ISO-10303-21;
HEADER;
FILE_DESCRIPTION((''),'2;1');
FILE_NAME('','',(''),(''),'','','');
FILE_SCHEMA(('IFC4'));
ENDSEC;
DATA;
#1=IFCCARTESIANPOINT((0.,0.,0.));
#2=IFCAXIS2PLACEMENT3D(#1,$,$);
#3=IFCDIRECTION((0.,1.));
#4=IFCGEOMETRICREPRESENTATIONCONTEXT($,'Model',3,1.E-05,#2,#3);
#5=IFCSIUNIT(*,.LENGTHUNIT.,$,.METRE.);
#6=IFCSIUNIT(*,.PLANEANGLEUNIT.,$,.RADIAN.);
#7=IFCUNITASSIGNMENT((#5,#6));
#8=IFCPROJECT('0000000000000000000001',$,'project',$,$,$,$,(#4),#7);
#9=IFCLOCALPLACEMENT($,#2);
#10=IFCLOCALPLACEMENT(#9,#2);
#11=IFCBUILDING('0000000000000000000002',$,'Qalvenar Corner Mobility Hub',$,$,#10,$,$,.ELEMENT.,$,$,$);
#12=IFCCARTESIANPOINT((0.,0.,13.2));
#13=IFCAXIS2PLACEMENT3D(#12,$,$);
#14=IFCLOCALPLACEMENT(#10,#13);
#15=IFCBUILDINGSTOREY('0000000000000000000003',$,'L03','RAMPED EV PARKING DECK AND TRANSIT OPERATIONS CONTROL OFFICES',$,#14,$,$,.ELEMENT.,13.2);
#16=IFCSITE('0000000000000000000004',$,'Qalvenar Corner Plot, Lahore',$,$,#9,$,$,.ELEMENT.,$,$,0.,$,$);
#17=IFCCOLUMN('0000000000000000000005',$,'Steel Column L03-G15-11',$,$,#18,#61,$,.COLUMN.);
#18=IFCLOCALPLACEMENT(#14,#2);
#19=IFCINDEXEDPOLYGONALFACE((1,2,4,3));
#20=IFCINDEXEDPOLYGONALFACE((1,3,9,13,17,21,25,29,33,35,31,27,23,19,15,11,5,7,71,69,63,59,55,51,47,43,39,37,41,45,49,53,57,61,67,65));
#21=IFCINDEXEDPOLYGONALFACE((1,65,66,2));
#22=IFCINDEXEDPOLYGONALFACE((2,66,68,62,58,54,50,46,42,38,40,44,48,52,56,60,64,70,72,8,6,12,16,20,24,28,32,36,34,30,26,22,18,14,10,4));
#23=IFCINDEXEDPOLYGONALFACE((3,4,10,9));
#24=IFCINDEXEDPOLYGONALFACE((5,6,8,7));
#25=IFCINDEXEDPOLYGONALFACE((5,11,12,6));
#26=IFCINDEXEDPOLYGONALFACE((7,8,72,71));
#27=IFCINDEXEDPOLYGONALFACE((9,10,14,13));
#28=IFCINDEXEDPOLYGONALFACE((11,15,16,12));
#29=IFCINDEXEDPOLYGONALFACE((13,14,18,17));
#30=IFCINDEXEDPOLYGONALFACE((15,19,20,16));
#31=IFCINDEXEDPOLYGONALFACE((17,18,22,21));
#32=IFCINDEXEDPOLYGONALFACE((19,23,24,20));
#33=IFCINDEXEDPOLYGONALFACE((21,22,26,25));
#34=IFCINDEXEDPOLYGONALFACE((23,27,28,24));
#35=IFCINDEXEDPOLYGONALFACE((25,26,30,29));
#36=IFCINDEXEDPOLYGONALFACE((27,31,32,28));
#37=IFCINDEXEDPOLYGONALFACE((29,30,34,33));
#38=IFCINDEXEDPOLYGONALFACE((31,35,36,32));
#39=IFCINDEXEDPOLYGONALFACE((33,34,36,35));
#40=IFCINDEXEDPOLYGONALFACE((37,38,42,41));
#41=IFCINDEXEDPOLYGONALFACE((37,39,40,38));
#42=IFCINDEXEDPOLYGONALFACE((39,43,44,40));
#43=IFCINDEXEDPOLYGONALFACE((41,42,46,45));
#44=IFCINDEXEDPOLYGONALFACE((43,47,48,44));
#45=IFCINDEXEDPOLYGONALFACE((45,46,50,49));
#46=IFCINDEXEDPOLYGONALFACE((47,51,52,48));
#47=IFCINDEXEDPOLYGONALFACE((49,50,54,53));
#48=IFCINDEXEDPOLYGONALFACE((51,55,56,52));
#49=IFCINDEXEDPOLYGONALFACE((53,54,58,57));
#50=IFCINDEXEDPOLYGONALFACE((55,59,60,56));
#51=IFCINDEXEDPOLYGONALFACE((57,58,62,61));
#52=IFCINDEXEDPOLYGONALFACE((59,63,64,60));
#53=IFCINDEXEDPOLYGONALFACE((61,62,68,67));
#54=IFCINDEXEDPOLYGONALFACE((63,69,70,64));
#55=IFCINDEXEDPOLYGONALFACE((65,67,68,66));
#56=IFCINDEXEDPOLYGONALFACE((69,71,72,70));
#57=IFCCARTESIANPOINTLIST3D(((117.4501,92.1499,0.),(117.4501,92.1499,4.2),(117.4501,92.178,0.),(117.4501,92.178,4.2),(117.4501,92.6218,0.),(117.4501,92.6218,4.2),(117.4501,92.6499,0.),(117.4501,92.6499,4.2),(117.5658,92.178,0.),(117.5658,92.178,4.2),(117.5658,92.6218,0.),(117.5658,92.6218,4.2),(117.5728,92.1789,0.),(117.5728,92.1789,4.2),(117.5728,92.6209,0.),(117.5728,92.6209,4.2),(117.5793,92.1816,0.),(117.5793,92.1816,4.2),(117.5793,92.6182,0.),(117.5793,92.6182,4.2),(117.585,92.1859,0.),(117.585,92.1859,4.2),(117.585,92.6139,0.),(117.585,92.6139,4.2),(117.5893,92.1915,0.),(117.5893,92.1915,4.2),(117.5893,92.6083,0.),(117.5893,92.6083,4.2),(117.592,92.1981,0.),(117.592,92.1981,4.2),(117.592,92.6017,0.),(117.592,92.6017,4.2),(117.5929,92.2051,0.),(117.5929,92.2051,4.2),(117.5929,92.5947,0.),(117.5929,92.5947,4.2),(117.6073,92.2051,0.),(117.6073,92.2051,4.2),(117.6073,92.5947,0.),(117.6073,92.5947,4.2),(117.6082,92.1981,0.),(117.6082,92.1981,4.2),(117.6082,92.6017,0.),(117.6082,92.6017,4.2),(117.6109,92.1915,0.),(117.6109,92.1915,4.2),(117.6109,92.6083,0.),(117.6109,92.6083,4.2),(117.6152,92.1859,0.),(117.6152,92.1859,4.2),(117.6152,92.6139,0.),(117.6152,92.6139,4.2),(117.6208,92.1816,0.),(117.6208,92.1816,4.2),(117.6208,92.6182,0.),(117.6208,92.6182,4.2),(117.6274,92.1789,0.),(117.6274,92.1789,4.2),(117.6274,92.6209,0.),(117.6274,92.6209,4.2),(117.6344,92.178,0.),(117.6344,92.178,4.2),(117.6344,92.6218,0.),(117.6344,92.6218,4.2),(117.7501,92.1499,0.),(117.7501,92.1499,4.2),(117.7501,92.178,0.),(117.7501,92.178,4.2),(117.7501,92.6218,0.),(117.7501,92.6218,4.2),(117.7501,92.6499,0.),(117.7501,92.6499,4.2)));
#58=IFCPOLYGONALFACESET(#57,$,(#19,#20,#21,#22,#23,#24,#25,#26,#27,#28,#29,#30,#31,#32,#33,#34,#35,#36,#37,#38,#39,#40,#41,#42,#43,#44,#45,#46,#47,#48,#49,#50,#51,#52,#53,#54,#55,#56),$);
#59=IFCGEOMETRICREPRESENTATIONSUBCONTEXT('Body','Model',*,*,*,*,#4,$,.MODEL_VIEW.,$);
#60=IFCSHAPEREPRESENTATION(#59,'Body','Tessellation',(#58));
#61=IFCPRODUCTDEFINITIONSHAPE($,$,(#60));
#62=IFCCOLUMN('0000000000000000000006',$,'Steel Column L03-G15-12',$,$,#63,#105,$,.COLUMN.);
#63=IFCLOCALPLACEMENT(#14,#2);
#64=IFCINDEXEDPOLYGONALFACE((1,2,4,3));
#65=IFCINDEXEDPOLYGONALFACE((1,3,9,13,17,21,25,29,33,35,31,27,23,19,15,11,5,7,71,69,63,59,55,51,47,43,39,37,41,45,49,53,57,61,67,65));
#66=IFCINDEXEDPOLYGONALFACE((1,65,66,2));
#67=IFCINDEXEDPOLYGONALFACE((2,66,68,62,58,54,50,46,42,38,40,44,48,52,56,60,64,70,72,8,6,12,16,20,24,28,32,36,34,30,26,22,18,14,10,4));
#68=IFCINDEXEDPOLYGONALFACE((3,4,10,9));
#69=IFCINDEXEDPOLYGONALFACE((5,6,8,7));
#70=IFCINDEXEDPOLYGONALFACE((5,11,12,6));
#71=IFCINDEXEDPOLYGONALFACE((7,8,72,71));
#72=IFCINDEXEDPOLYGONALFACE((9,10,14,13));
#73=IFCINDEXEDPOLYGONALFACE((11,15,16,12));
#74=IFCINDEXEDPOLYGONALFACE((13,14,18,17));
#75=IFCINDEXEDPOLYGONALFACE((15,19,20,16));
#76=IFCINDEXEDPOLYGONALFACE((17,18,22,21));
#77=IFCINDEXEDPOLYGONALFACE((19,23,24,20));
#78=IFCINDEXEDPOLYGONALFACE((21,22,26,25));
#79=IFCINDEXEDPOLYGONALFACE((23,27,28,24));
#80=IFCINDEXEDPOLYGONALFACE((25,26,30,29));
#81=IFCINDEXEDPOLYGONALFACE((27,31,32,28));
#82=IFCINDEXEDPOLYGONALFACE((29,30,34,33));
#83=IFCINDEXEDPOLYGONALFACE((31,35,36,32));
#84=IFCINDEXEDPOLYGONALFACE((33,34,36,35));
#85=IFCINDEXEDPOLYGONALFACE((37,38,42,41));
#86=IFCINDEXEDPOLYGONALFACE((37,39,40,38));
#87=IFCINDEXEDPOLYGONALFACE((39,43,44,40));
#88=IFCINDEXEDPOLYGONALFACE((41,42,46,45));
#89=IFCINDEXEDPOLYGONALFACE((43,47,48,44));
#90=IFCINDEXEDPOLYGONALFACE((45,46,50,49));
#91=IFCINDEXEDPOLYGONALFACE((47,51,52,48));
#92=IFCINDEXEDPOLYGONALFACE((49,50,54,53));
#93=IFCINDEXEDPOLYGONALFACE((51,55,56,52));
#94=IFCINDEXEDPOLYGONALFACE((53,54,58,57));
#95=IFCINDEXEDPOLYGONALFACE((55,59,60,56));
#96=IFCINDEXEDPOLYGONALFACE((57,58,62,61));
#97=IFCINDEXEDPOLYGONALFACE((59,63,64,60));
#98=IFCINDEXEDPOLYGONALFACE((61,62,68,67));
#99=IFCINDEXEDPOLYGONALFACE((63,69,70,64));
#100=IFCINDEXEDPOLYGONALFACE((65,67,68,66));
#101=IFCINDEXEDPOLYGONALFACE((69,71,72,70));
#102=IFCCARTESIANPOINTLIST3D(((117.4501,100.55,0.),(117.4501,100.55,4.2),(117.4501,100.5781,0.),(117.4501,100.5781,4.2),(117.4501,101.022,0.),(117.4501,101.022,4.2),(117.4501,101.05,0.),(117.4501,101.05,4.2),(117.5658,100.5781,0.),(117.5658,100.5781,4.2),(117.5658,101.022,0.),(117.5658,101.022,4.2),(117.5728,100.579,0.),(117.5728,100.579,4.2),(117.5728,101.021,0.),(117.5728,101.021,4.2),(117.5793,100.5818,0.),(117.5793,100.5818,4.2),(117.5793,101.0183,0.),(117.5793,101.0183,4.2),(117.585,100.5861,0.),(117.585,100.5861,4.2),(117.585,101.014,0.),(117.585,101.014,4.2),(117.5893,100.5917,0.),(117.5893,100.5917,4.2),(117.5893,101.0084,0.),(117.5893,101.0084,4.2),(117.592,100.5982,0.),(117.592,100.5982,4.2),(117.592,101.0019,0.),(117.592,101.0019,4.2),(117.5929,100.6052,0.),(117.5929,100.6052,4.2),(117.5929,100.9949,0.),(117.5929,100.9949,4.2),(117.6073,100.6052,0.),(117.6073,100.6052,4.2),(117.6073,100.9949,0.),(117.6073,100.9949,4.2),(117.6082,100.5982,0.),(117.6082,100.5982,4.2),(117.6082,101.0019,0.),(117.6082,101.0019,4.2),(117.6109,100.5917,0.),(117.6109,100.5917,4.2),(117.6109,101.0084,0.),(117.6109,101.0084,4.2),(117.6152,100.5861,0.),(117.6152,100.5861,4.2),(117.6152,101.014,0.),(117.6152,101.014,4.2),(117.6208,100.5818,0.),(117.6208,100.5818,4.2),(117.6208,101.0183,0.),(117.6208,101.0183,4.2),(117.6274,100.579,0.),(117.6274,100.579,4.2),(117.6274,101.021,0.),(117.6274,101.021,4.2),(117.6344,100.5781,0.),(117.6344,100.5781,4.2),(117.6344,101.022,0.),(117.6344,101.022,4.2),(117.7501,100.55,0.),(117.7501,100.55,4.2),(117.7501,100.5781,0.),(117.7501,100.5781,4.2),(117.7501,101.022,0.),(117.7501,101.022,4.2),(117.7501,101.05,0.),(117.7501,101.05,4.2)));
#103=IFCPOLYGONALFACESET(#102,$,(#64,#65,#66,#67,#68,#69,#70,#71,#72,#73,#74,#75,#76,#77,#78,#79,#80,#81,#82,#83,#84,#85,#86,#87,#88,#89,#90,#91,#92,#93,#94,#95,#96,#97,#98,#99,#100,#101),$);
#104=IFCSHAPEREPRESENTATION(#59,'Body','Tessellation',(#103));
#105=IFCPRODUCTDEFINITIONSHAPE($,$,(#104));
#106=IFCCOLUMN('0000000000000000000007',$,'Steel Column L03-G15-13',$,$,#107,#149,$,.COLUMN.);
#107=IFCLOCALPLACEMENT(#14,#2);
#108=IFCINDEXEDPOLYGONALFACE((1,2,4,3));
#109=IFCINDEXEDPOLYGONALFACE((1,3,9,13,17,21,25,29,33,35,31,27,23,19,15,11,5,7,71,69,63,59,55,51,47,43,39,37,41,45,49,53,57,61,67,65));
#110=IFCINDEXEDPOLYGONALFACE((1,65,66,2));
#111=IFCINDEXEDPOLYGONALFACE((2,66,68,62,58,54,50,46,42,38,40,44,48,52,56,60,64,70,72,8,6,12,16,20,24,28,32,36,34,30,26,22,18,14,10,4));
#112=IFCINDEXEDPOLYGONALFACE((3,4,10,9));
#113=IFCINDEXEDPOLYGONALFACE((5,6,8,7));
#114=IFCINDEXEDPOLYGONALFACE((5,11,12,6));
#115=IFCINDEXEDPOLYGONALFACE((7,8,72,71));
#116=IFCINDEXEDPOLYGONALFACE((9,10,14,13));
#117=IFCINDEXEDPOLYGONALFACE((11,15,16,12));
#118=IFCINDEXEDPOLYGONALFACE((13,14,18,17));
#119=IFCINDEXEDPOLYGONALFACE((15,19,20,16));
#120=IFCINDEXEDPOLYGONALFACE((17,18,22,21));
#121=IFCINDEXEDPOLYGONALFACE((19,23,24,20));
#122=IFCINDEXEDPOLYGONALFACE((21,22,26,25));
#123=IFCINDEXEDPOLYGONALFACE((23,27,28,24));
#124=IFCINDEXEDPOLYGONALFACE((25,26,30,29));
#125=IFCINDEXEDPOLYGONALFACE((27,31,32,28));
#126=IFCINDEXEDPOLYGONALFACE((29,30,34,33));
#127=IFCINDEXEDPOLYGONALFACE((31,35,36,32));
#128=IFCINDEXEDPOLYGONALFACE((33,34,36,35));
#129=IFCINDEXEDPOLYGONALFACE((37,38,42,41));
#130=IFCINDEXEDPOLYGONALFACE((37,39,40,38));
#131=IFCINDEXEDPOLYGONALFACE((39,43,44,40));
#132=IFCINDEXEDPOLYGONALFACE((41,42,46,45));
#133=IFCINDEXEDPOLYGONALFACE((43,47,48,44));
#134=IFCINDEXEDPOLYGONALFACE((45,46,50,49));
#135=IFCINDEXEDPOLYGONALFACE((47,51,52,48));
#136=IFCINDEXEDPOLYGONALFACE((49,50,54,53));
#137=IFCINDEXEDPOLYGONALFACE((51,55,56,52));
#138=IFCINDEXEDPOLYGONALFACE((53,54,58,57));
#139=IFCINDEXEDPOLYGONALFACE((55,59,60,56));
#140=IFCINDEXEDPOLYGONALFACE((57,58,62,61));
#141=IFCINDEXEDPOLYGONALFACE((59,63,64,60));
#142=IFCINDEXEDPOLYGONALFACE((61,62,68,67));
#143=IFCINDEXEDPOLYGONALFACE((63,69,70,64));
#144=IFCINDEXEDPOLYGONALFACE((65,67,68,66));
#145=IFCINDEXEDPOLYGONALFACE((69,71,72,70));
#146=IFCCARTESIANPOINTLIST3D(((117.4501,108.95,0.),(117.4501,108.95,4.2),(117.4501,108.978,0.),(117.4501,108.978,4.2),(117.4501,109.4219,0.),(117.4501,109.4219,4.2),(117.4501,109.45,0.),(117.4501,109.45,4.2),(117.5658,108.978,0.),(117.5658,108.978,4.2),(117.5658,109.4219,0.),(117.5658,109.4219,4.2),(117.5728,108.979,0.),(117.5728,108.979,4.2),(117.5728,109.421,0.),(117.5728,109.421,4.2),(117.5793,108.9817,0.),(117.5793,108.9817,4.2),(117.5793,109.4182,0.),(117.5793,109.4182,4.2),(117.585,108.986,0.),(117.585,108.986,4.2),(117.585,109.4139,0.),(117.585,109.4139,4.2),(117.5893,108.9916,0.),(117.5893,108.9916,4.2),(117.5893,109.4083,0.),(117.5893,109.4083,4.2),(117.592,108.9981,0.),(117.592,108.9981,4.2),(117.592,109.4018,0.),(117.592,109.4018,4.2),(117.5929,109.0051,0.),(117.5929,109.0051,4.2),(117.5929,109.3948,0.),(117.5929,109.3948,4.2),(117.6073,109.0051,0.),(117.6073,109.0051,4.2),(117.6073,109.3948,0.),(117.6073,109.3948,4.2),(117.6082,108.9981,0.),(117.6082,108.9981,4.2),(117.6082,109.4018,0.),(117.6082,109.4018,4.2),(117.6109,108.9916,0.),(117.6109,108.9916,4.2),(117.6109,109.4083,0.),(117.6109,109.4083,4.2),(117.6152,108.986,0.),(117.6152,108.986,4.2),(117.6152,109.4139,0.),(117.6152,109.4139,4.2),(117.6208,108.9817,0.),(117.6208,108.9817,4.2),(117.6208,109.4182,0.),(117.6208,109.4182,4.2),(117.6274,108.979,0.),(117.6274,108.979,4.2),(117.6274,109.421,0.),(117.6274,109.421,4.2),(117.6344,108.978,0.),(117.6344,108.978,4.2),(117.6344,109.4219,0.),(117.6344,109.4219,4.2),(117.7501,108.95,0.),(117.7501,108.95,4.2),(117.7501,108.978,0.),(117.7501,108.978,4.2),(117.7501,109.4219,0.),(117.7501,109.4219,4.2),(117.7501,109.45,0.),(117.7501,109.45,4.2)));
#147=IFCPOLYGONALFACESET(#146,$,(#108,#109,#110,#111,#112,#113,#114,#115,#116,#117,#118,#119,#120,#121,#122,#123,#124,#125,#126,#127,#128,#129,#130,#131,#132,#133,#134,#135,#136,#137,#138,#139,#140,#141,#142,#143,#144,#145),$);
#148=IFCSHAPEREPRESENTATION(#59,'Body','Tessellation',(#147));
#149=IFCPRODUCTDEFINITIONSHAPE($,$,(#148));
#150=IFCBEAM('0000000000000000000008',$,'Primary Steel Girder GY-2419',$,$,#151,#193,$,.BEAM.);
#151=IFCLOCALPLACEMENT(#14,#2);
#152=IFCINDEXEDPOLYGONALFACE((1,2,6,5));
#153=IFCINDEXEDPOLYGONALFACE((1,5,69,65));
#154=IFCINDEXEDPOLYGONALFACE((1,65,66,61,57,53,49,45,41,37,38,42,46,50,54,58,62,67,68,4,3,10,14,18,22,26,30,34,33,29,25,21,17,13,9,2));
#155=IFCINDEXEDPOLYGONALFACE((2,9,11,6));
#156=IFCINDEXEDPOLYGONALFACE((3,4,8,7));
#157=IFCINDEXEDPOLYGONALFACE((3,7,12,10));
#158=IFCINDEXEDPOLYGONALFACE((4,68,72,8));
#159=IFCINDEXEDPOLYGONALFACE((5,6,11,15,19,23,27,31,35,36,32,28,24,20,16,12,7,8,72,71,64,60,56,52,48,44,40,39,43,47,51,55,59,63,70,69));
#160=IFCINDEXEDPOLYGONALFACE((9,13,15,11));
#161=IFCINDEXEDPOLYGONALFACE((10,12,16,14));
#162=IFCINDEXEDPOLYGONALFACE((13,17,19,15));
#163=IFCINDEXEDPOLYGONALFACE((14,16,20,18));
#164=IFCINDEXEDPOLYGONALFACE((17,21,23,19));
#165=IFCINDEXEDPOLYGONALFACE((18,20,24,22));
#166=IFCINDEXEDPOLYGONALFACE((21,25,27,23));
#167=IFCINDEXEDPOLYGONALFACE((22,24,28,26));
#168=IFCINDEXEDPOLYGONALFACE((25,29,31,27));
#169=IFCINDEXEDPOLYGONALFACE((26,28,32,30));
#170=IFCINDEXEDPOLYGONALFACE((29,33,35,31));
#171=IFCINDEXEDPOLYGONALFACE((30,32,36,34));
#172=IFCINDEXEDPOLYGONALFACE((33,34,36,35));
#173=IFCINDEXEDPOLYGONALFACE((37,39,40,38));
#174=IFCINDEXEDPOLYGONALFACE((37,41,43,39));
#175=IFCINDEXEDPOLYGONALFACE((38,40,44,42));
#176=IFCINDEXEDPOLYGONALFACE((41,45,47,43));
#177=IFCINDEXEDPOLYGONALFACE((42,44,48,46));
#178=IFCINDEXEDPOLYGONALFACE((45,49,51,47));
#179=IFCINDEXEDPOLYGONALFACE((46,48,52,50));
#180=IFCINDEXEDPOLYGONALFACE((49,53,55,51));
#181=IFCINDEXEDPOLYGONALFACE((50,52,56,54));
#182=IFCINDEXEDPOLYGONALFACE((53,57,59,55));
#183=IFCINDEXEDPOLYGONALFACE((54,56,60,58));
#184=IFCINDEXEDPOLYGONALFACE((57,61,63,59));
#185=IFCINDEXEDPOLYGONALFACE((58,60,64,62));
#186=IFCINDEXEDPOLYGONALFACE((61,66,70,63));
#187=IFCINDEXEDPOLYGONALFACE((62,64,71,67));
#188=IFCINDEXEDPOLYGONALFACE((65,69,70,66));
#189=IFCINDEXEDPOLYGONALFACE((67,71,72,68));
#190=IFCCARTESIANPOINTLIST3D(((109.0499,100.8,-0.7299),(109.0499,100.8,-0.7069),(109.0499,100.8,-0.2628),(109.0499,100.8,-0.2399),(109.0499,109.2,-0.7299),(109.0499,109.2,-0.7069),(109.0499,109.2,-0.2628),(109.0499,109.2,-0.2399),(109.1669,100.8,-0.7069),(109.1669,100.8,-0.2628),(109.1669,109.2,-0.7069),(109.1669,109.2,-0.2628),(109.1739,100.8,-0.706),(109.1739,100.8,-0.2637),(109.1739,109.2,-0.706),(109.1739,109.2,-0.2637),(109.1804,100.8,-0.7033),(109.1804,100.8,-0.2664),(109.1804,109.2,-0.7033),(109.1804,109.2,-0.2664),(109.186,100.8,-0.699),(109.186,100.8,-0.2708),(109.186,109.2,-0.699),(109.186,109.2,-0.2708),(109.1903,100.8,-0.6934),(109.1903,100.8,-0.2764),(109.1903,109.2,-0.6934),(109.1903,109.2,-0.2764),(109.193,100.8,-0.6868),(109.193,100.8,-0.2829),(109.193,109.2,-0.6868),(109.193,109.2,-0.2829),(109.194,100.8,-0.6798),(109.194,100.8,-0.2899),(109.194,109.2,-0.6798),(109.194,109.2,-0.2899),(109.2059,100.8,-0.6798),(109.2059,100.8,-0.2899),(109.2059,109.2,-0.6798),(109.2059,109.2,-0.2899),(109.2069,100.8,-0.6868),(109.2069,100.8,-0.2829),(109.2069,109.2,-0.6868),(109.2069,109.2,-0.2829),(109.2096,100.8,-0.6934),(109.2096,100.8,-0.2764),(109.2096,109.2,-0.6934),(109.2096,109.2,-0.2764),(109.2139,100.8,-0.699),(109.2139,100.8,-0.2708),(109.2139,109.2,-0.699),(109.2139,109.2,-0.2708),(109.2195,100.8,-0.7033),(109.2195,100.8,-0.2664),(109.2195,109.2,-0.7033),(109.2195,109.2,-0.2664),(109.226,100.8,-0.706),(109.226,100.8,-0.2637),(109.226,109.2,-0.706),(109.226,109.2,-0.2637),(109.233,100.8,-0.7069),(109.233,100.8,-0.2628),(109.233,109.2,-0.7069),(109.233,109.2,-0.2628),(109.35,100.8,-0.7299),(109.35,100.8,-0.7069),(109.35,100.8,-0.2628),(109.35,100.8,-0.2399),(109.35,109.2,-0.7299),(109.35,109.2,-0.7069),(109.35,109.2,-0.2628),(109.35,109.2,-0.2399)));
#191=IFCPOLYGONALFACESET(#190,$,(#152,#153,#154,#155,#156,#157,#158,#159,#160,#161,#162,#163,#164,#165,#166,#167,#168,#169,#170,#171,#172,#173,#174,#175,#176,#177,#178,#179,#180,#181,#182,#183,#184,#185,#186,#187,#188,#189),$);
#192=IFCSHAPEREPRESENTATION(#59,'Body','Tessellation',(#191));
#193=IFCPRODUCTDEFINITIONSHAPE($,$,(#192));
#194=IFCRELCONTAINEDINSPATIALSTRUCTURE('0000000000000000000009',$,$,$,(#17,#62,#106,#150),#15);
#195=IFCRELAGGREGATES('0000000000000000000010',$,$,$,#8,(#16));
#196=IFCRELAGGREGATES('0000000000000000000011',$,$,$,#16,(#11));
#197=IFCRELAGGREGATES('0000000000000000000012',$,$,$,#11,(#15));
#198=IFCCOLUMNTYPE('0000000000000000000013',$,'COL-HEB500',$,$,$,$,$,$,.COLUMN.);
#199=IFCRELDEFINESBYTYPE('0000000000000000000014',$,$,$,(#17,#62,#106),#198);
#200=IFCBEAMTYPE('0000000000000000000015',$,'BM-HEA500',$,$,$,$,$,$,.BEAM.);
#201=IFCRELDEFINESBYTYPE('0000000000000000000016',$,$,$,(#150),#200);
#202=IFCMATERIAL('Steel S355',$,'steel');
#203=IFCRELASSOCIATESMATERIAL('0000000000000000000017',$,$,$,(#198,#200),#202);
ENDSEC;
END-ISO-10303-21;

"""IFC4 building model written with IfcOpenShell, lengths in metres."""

from ifc_helpers import new_model, si_unit, direction, frame, origin, origin_2d, place, context, subcontext, project, spatial, i_section, extrude, material, material_profile, profile_set, type_object, element, save


model = new_model("IFC4")

# Units and contexts
model_context = context("Model", 3, precision=1e-05, world=origin(), true_north=direction((0.0, 1.0)))
body_context = subcontext(model_context, "Body", "Model", "MODEL_VIEW")
ifc_project = project(units=[si_unit("LENGTHUNIT", "METRE"), si_unit("PLANEANGLEUNIT", "RADIAN")], contexts=[model_context])

# Site, building, storey
site_placement = place(None, origin())
site = spatial("IfcSite", under=ifc_project, at=site_placement, Name="Qalvenar Corner Plot, Lahore", CompositionType="ELEMENT", RefElevation=0.0)
building_placement = place(site_placement, origin())
building = spatial("IfcBuilding", under=site, at=building_placement, Name="Qalvenar Corner Mobility Hub", CompositionType="ELEMENT")
storey_placement = place(building_placement, frame((0.0, 0.0, 13.2)))
storey = spatial("IfcBuildingStorey", under=building, at=storey_placement, Name="L03", Description="RAMPED EV PARKING DECK AND TRANSIT OPERATIONS CONTROL OFFICES", CompositionType="ELEMENT", Elevation=13.2)

# Columns
ifc_material = material(Name="Steel S355", Category="steel")
ifc_material_profile_1 = material_profile(ifc_material, i_section(OverallWidth=0.3, OverallDepth=0.5, WebThickness=0.0144, FlangeThickness=0.0281, FilletRadius=0.0271, at=origin_2d()), Name="HEB500")
ifc_profile_set_1 = profile_set([ifc_material_profile_1], Name="Steel S355")
column_type_1 = type_object("IfcColumnType", Name="COL-HEB500", PredefinedType="COLUMN", material=ifc_profile_set_1)
for number, where, z_axis, x_axis, name in (
    (1, (117.6001, 92.3999, 0.0), (0.0, 0.0, 1.0), (1.0, 0.0, 0.0), "Steel Column L03-G15-11"),
    (2, (117.6001, 100.8, 0.0), (0.0, 0.0, 1.0), (1.0, 0.0, 0.0), "Steel Column L03-G15-12"),
    (3, (117.6001, 109.2, 0.0), (0.0, 0.0, 1.0), (1.0, 0.0, 0.0), "Steel Column L03-G15-13"),
):
    element("IfcColumn", number, at=place(storey_placement, frame(where, z_axis=z_axis, x_axis=x_axis)), inside=storey, type_object=column_type_1, Name=name, PredefinedType="COLUMN", context=body_context, shape_type="SweptSolid", body=[
        extrude(i_section(OverallWidth=0.3, OverallDepth=0.5, WebThickness=0.0144, FlangeThickness=0.0281, FilletRadius=0.0271, at=origin_2d()), origin(), (0.0, 0.0, 1.0), 4.2),
    ])

# Beam
ifc_material_profile_2 = material_profile(ifc_material, i_section(OverallWidth=0.3, OverallDepth=0.49, WebThickness=0.012, FlangeThickness=0.0229, FilletRadius=0.0271, at=origin_2d()), Name="HEA500")
ifc_profile_set_2 = profile_set([ifc_material_profile_2], Name="Steel S355")
beam_type_1 = type_object("IfcBeamType", Name="BM-HEA500", PredefinedType="BEAM", material=ifc_profile_set_2)
beam_1_placement = place(storey_placement, frame((109.2, 100.8, -0.4849), z_axis=(0.0, 1.0, 0.0), x_axis=(-1.0, 0.0, 0.0)))
element("IfcBeam", 4, at=beam_1_placement, inside=storey, type_object=beam_type_1, Name="Primary Steel Girder GY-2419", PredefinedType="BEAM", context=body_context, shape_type="SweptSolid", body=[
    extrude(i_section(OverallWidth=0.3, OverallDepth=0.49, WebThickness=0.012, FlangeThickness=0.0229, FilletRadius=0.0271, at=origin_2d()), origin(), (0.0, 0.0, 1.0), 8.3999),
])

save(model, "model.ifc")
